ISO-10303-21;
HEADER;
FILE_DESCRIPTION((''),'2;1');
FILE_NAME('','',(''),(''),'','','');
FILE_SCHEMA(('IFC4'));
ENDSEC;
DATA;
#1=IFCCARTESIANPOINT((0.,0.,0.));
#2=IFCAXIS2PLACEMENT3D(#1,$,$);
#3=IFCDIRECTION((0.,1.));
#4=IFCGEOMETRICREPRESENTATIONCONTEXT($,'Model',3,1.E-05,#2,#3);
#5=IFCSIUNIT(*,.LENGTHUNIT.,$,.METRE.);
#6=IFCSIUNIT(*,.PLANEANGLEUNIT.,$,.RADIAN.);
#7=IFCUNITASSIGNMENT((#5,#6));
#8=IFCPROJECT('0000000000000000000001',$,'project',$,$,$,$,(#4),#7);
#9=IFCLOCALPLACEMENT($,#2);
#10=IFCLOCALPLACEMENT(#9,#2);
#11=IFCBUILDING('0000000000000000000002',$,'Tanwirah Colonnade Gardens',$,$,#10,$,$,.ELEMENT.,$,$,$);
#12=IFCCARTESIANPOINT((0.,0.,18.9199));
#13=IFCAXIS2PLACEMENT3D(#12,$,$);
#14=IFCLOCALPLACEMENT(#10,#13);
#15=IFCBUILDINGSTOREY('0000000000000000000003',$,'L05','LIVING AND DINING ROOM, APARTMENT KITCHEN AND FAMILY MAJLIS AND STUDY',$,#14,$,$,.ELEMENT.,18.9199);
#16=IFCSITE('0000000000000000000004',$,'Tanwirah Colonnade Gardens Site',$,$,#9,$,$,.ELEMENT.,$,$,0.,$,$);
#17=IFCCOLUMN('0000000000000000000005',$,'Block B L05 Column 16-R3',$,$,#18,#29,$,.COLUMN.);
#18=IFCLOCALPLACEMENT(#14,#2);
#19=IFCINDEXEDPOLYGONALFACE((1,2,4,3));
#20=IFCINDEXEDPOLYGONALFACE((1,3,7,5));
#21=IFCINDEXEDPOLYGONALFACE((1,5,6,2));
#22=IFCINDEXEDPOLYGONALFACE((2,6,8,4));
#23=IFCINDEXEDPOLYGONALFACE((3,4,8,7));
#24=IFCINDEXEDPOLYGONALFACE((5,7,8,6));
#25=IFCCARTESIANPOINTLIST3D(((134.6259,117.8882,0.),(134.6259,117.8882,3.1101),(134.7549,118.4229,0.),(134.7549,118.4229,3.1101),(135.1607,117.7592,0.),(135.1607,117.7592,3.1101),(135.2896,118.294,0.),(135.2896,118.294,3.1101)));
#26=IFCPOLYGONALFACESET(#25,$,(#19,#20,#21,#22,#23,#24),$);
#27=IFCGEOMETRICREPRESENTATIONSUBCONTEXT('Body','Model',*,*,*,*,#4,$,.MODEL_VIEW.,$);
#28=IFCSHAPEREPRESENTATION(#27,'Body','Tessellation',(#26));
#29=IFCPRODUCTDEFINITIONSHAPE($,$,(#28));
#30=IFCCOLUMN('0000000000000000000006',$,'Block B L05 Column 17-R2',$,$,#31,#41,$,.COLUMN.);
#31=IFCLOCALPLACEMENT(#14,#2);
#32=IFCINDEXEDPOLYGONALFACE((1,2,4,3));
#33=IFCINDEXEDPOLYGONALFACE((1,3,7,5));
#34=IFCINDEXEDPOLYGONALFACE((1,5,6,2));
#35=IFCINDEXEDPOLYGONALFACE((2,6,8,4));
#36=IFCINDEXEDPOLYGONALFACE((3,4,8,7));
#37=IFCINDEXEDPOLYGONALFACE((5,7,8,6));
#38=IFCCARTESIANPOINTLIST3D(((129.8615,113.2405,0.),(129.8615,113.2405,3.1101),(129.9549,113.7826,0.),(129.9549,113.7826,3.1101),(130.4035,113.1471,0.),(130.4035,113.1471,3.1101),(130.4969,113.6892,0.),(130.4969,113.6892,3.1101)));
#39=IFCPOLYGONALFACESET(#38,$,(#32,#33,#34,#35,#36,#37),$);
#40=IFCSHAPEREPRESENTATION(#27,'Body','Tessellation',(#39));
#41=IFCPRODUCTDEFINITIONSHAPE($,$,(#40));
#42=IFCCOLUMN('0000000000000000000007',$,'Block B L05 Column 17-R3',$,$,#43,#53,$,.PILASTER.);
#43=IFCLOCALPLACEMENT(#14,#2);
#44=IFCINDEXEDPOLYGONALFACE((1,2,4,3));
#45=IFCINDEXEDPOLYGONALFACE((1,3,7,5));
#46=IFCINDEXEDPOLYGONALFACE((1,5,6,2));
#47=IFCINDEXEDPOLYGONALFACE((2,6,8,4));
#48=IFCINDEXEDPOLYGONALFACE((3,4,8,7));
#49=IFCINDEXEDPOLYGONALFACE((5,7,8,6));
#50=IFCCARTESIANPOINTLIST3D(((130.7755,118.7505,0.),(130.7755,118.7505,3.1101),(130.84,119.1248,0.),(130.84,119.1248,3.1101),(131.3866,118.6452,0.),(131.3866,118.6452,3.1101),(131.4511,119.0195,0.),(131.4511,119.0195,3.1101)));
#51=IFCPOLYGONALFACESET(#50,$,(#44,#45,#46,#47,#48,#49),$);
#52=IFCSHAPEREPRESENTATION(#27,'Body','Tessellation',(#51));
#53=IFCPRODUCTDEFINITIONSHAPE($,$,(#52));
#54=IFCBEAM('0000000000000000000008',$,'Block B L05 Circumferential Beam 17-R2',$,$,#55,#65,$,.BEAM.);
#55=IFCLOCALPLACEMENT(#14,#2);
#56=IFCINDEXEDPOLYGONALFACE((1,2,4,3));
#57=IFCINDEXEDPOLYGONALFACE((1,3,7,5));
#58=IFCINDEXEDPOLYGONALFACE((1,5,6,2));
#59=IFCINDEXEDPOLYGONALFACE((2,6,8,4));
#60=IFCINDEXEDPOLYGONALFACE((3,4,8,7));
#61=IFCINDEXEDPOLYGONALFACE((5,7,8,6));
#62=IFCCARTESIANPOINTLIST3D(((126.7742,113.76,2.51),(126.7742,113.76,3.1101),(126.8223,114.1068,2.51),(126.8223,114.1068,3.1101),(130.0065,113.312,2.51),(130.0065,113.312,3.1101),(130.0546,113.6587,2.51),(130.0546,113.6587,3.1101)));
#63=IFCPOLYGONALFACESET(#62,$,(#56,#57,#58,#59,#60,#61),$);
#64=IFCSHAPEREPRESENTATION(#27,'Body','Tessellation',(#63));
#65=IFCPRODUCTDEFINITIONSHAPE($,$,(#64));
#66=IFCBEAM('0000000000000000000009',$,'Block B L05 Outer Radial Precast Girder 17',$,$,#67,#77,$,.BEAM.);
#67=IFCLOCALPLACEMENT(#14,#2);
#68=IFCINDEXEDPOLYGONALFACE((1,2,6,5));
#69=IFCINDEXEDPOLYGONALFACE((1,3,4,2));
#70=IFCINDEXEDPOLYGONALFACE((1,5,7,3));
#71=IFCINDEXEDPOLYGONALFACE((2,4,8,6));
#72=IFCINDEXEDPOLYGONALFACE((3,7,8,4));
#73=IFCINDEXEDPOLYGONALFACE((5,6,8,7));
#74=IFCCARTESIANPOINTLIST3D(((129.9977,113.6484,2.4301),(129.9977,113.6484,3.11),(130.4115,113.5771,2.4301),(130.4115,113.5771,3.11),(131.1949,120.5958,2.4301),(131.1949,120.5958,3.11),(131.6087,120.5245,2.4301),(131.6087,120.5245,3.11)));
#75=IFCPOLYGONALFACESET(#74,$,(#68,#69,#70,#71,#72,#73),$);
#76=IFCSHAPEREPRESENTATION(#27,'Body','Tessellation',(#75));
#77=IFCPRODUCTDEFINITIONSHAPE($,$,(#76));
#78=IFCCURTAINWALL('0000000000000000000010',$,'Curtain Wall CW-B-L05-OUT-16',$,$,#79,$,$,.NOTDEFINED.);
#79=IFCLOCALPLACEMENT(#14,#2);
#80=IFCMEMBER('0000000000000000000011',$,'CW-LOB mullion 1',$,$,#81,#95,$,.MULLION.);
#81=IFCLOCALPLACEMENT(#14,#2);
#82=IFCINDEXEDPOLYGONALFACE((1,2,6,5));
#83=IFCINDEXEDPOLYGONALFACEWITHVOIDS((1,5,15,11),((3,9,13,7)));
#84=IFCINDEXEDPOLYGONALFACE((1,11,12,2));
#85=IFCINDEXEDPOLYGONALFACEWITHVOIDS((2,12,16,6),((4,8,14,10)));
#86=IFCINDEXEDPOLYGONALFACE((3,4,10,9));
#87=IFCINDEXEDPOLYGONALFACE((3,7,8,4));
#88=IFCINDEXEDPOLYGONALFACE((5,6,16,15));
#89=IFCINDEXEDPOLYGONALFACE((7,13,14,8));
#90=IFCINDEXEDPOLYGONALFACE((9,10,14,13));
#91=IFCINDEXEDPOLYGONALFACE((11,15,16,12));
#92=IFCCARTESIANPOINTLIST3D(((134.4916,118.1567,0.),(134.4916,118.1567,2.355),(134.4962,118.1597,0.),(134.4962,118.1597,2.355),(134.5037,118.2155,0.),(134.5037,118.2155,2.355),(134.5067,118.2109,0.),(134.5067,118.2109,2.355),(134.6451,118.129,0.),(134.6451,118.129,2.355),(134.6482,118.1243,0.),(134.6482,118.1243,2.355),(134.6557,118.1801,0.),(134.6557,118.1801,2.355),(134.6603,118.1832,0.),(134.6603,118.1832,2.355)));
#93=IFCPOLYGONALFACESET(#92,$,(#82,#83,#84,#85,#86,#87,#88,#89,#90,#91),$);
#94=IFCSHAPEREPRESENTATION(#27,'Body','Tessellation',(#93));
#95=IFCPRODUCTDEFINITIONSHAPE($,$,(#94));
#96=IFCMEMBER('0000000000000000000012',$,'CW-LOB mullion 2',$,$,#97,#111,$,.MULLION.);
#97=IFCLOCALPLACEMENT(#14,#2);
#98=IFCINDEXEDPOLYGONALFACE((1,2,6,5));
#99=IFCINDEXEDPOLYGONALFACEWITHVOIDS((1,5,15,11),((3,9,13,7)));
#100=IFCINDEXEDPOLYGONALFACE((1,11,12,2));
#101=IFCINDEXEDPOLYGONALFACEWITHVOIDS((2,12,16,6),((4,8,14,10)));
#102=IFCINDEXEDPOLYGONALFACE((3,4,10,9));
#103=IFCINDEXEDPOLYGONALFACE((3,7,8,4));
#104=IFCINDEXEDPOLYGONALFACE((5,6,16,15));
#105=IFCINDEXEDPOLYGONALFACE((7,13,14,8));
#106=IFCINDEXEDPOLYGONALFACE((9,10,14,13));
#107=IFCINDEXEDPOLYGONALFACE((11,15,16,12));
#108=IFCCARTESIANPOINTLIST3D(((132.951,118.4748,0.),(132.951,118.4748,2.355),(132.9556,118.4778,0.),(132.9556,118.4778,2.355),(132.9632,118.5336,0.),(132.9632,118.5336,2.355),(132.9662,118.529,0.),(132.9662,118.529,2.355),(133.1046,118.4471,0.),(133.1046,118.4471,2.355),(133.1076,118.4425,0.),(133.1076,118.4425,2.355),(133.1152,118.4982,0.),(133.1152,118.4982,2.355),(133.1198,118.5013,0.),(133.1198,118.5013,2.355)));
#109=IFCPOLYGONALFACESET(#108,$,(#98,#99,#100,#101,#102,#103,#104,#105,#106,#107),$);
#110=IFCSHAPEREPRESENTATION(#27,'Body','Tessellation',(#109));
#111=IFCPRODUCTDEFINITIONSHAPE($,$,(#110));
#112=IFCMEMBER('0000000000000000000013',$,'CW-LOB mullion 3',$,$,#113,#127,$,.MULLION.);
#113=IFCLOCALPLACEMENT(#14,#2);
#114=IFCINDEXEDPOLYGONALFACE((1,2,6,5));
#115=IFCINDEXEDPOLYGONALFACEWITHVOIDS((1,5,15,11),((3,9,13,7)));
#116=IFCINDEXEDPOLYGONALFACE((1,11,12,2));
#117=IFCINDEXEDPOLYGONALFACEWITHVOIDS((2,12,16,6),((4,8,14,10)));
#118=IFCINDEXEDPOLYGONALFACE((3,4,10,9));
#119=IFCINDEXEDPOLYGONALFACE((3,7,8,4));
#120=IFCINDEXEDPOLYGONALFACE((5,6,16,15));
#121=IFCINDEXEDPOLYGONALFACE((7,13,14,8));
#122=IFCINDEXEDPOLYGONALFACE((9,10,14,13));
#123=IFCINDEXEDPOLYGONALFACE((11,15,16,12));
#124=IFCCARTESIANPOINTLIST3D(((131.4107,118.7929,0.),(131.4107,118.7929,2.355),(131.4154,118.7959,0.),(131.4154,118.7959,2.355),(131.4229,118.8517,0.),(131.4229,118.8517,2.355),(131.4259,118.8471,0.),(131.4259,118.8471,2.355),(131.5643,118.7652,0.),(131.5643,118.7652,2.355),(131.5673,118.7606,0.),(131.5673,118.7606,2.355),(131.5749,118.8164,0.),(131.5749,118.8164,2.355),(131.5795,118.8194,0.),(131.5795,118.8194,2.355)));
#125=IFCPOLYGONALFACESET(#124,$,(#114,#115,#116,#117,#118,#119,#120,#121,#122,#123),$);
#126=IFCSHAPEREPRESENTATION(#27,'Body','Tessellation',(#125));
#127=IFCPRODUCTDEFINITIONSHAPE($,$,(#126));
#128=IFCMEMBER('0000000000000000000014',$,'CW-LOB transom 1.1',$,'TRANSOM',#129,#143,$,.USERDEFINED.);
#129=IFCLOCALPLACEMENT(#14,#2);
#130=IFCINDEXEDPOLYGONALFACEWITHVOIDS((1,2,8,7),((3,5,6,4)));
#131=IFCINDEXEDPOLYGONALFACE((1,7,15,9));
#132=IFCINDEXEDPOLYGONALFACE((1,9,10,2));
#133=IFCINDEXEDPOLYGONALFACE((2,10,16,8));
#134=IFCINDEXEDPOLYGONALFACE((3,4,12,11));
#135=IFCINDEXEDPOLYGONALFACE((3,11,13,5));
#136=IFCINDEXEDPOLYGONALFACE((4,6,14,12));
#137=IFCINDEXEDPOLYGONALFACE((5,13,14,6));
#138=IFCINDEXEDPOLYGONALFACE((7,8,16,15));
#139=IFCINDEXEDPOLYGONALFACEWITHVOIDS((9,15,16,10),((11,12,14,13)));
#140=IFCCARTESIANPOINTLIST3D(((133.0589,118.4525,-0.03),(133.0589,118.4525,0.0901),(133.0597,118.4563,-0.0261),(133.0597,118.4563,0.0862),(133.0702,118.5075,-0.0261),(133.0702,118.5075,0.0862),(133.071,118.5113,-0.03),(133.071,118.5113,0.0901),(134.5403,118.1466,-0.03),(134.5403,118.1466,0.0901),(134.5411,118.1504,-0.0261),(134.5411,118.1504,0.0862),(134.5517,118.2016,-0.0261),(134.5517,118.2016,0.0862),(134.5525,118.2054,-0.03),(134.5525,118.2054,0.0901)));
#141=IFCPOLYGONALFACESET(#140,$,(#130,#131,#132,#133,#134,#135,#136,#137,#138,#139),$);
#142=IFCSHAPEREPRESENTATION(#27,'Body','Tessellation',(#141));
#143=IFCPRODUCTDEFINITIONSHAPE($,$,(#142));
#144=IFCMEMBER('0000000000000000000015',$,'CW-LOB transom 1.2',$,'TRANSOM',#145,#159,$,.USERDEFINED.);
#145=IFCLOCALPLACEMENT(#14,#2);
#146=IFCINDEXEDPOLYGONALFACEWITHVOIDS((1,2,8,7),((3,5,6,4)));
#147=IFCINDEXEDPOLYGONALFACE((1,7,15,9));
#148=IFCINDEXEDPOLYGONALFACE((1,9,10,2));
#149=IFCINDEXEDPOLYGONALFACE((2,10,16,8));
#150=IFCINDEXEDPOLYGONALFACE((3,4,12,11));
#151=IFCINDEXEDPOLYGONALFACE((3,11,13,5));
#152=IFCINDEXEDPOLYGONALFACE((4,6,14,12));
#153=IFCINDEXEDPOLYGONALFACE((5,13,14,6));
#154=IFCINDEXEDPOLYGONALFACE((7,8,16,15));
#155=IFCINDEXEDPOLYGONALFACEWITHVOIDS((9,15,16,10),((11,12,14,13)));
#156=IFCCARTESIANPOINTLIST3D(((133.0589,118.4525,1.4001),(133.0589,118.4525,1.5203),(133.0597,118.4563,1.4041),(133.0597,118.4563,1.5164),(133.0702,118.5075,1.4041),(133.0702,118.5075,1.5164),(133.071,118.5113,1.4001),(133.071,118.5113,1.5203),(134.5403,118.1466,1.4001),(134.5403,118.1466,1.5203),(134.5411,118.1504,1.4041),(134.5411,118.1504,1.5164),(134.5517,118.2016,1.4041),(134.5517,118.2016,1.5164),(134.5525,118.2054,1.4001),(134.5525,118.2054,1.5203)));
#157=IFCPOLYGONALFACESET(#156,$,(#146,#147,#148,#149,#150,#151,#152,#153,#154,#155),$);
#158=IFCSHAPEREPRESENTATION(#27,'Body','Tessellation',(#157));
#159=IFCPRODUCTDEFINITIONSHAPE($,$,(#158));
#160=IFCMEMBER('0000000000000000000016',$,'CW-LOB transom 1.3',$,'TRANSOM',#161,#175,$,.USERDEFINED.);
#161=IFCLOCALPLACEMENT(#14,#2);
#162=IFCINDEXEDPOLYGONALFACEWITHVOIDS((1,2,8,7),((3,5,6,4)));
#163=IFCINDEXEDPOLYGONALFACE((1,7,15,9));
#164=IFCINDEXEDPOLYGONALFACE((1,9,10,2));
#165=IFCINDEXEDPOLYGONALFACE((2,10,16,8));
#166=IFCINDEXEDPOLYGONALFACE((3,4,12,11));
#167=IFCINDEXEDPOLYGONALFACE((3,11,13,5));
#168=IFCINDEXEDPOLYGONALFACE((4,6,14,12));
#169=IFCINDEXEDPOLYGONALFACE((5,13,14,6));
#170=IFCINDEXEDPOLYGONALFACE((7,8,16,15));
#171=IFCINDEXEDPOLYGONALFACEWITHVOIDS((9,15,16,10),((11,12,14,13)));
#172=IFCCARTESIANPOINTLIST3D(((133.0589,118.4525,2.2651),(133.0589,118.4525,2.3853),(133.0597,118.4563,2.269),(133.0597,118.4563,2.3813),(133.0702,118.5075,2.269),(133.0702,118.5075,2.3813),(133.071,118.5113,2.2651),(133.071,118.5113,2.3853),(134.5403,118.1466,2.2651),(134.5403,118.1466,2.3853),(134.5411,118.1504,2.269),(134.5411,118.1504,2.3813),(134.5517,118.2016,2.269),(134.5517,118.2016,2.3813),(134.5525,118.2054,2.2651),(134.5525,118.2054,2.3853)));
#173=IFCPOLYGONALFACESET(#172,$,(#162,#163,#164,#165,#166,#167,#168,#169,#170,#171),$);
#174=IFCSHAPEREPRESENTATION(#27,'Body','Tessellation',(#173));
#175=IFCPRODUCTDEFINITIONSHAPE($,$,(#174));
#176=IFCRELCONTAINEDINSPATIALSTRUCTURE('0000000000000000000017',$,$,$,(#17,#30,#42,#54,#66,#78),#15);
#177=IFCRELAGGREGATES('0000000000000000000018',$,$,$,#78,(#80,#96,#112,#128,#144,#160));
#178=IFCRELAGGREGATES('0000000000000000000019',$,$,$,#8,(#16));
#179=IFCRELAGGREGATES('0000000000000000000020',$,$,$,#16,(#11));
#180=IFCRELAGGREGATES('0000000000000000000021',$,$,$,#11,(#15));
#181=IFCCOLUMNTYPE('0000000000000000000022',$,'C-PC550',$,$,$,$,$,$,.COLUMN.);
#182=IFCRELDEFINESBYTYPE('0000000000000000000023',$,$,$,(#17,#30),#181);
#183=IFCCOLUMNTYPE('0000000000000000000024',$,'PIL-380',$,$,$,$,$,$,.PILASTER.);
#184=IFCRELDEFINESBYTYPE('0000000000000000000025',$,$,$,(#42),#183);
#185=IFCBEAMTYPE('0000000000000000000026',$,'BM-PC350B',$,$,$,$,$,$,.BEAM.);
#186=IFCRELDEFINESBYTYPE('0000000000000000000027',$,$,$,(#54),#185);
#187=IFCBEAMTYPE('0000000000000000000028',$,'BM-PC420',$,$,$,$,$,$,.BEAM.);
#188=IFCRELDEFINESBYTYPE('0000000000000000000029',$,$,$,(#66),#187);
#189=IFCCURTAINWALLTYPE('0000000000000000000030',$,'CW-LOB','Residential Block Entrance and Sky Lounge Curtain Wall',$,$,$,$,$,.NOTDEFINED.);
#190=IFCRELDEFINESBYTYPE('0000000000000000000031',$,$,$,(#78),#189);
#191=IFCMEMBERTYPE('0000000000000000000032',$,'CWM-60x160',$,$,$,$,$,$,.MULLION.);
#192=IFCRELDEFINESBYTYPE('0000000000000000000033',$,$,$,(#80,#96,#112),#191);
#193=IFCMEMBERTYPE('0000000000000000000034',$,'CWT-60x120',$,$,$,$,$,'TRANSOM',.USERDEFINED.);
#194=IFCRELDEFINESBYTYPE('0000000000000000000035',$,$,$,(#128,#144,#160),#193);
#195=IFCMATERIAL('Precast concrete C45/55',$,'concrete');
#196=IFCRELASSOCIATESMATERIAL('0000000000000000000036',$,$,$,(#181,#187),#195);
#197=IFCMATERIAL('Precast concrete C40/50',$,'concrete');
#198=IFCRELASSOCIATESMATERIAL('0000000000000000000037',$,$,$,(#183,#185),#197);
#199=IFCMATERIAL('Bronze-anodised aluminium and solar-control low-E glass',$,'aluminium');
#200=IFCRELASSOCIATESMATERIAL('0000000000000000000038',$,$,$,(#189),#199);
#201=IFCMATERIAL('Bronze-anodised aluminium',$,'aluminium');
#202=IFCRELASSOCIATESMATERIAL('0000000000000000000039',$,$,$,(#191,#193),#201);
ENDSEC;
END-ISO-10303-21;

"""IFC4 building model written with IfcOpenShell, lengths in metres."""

from ifc_helpers import new_model, si_unit, direction, frame, origin, origin_2d, place, context, subcontext, project, spatial, rectangle, hollow_rectangle, extrude, material, material_profile, profile_set, type_object, element, aggregate, save


model = new_model("IFC4")

# Units and contexts
model_context = context("Model", 3, precision=1e-05, world=origin(), true_north=direction((0.0, 1.0)))
body_context = subcontext(model_context, "Body", "Model", "MODEL_VIEW")
ifc_project = project(units=[si_unit("LENGTHUNIT", "METRE"), si_unit("PLANEANGLEUNIT", "RADIAN")], contexts=[model_context])

# Site, building, storey
site_placement = place(None, origin())
site = spatial("IfcSite", under=ifc_project, at=site_placement, Name="Tanwirah Colonnade Gardens Site", CompositionType="ELEMENT", RefElevation=0.0)
building_placement = place(site_placement, origin())
building = spatial("IfcBuilding", under=site, at=building_placement, Name="Tanwirah Colonnade Gardens", CompositionType="ELEMENT")
storey_placement = place(building_placement, frame((0.0, 0.0, 18.9199)))
storey = spatial("IfcBuildingStorey", under=building, at=storey_placement, Name="L05", Description="LIVING AND DINING ROOM, APARTMENT KITCHEN AND FAMILY MAJLIS AND STUDY", CompositionType="ELEMENT", Elevation=18.9199)

# Columns
ifc_material_1 = material(Name="Precast concrete C45/55", Category="concrete")
ifc_material_profile_1 = material_profile(ifc_material_1, rectangle(XDim=0.55, YDim=0.55, at=origin_2d()), Name="PC-COL 550x550")
ifc_profile_set_1 = profile_set([ifc_material_profile_1], Name="Precast concrete C45/55")
column_type_1 = type_object("IfcColumnType", Name="C-PC550", PredefinedType="COLUMN", material=ifc_profile_set_1)
for number, where, z_axis, x_axis, name in (
    (1, (134.9578, 118.0911, 0.0), (0.0, 0.0, 1.0), (0.234388, 0.972143, 0.0), "Block B L05 Column 16-R3"),
    (2, (130.1792, 113.4648, 0.0), (0.0, 0.0, 1.0), (0.169827, 0.985474, 0.0), "Block B L05 Column 17-R2"),
):
    element("IfcColumn", number, at=place(storey_placement, frame(where, z_axis=z_axis, x_axis=x_axis)), inside=storey, type_object=column_type_1, Name=name, PredefinedType="COLUMN", context=body_context, shape_type="SweptSolid", body=[
        extrude(rectangle(XDim=0.55, YDim=0.55, at=origin_2d()), origin(), (0.0, 0.0, 1.0), 3.1101),
    ])
ifc_material_2 = material(Name="Precast concrete C40/50", Category="concrete")
ifc_material_profile_2 = material_profile(ifc_material_2, rectangle(XDim=0.3799, YDim=0.6201, at=origin_2d()), Name="PC-PIL 380x620")
ifc_profile_set_2 = profile_set([ifc_material_profile_2], Name="Precast concrete C40/50")
column_type_2 = type_object("IfcColumnType", Name="PIL-380", PredefinedType="PILASTER", material=ifc_profile_set_2)
column_placement = place(storey_placement, frame((131.1133, 118.885, 0.0), z_axis=(0.0, 0.0, 1.0), x_axis=(0.169827, 0.985474, 0.0)))
element("IfcColumn", 3, at=column_placement, inside=storey, type_object=column_type_2, Name="Block B L05 Column 17-R3", PredefinedType="PILASTER", context=body_context, shape_type="SweptSolid", body=[
    extrude(rectangle(XDim=0.3799, YDim=0.6201, at=origin_2d()), origin(), (0.0, 0.0, 1.0), 3.1101),
])

# Beams
ifc_material_profile_3 = material_profile(ifc_material_2, rectangle(XDim=0.3501, YDim=0.6001, at=origin_2d()), Name="PC-BM 350x600")
ifc_profile_set_3 = profile_set([ifc_material_profile_3], Name="Precast concrete C40/50")
beam_type_1 = type_object("IfcBeamType", Name="BM-PC350B", PredefinedType="BEAM", material=ifc_profile_set_3)
beam_1_placement = place(storey_placement, frame((130.0305, 113.4854, 2.8101), z_axis=(-0.99053, 0.137293, 0.0), x_axis=(-0.137293, -0.99053, 0.0)))
element("IfcBeam", 4, at=beam_1_placement, inside=storey, type_object=beam_type_1, Name="Block B L05 Circumferential Beam 17-R2", PredefinedType="BEAM", context=body_context, shape_type="SweptSolid", body=[
    extrude(rectangle(XDim=0.3501, YDim=0.6001, at=origin_2d()), origin(), (0.0, 0.0, 1.0), 3.2632),
])
ifc_material_profile_4 = material_profile(ifc_material_1, rectangle(XDim=0.4199, YDim=0.6799, at=origin_2d()), Name="PC-BM 420x680")
ifc_profile_set_4 = profile_set([ifc_material_profile_4], Name="Precast concrete C45/55")
beam_type_2 = type_object("IfcBeamType", Name="BM-PC420", PredefinedType="BEAM", material=ifc_profile_set_4)
beam_2_placement = place(storey_placement, frame((130.2046, 113.6128, 2.77), z_axis=(0.169827, 0.985474, 0.0), x_axis=(-0.985474, 0.169827, 0.0)))
element("IfcBeam", 5, at=beam_2_placement, inside=storey, type_object=beam_type_2, Name="Block B L05 Outer Radial Precast Girder 17", PredefinedType="BEAM", context=body_context, shape_type="SweptSolid", body=[
    extrude(rectangle(XDim=0.4199, YDim=0.6799, at=origin_2d()), origin(), (0.0, 0.0, 1.0), 7.0498),
])

# Curtain wall, members
ifc_material_3 = material(Name="Bronze-anodised aluminium and solar-control low-E glass", Category="aluminium")
curtain_wall_type = type_object("IfcCurtainWallType", Name="CW-LOB", Description="Residential Block Entrance and Sky Lounge Curtain Wall", PredefinedType="NOTDEFINED", material=ifc_material_3)
curtain_wall_placement = place(storey_placement, origin())
curtain_wall = element("IfcCurtainWall", 6, at=curtain_wall_placement, inside=storey, type_object=curtain_wall_type, Name="Curtain Wall CW-B-L05-OUT-16", PredefinedType="NOTDEFINED")
ifc_material_4 = material(Name="Bronze-anodised aluminium", Category="aluminium")
ifc_material_profile_5 = material_profile(ifc_material_4, hollow_rectangle(XDim=0.0601, YDim=0.1599, WallThickness=0.0039, at=origin_2d()), Name="CW-MUL 60x160x4")
ifc_profile_set_5 = profile_set([ifc_material_profile_5], Name="Bronze-anodised aluminium")
member_type_1 = type_object("IfcMemberType", Name="CWM-60x160", PredefinedType="MULLION", material=ifc_profile_set_5)
member_1_placement = place(storey_placement, frame((134.5759, 118.1699, 0.0), z_axis=(0.0, 0.0, 1.0), x_axis=(-0.202218, -0.979341, 0.0)))
member_1 = element("IfcMember", 7, at=member_1_placement, type_object=member_type_1, Name="CW-LOB mullion 1", PredefinedType="MULLION", context=body_context, shape_type="SweptSolid", body=[
    extrude(hollow_rectangle(XDim=0.0601, YDim=0.1599, WallThickness=0.0039, at=origin_2d()), origin(), (0.0, 0.0, 1.0), 2.355),
])
member_2_placement = place(storey_placement, frame((133.0354, 118.488, 0.0), z_axis=(0.0, 0.0, 1.0), x_axis=(-0.202218, -0.979341, 0.0)))
member_2 = element("IfcMember", 8, at=member_2_placement, type_object=member_type_1, Name="CW-LOB mullion 2", PredefinedType="MULLION", context=body_context, shape_type="SweptSolid", body=[
    extrude(hollow_rectangle(XDim=0.0601, YDim=0.1599, WallThickness=0.0039, at=origin_2d()), origin(), (0.0, 0.0, 1.0), 2.355),
])
member_3_placement = place(storey_placement, frame((131.4951, 118.8062, 0.0), z_axis=(0.0, 0.0, 1.0), x_axis=(-0.202218, -0.979341, 0.0)))
member_3 = element("IfcMember", 9, at=member_3_placement, type_object=member_type_1, Name="CW-LOB mullion 3", PredefinedType="MULLION", context=body_context, shape_type="SweptSolid", body=[
    extrude(hollow_rectangle(XDim=0.0601, YDim=0.1599, WallThickness=0.0039, at=origin_2d()), origin(), (0.0, 0.0, 1.0), 2.355),
])
ifc_material_profile_6 = material_profile(ifc_material_4, hollow_rectangle(XDim=0.0601, YDim=0.1201, WallThickness=0.0039, at=origin_2d()), Name="CW-TRN 60x120x4")
ifc_profile_set_6 = profile_set([ifc_material_profile_6], Name="Bronze-anodised aluminium")
member_type_2 = type_object("IfcMemberType", Name="CWT-60x120", ElementType="TRANSOM", PredefinedType="USERDEFINED", material=ifc_profile_set_6)
member_4_placement = place(storey_placement, frame((134.5464, 118.176, 0.03), z_axis=(-0.979339, 0.202227, 0.0), x_axis=(-0.202227, -0.979339, 0.0)))
member_4 = element("IfcMember", 10, at=member_4_placement, type_object=member_type_2, Name="CW-LOB transom 1.1", ObjectType="TRANSOM", PredefinedType="USERDEFINED", context=body_context, shape_type="SweptSolid", body=[
    extrude(hollow_rectangle(XDim=0.0601, YDim=0.1201, WallThickness=0.0039, at=origin_2d()), origin(), (0.0, 0.0, 1.0), 1.5127),
])
member_5_placement = place(storey_placement, frame((134.5464, 118.176, 1.4602), z_axis=(-0.979339, 0.202227, 0.0), x_axis=(-0.202227, -0.979339, 0.0)))
member_5 = element("IfcMember", 11, at=member_5_placement, type_object=member_type_2, Name="CW-LOB transom 1.2", ObjectType="TRANSOM", PredefinedType="USERDEFINED", context=body_context, shape_type="SweptSolid", body=[
    extrude(hollow_rectangle(XDim=0.0601, YDim=0.1201, WallThickness=0.0039, at=origin_2d()), origin(), (0.0, 0.0, 1.0), 1.5127),
])
member_6_placement = place(storey_placement, frame((134.5464, 118.176, 2.3252), z_axis=(-0.979339, 0.202227, 0.0), x_axis=(-0.202227, -0.979339, 0.0)))
member_6 = element("IfcMember", 12, at=member_6_placement, type_object=member_type_2, Name="CW-LOB transom 1.3", ObjectType="TRANSOM", PredefinedType="USERDEFINED", context=body_context, shape_type="SweptSolid", body=[
    extrude(hollow_rectangle(XDim=0.0601, YDim=0.1201, WallThickness=0.0039, at=origin_2d()), origin(), (0.0, 0.0, 1.0), 1.5127),
])

aggregate(curtain_wall, [member_1, member_2, member_3, member_4, member_5, member_6])

save(model, "model.ifc")
